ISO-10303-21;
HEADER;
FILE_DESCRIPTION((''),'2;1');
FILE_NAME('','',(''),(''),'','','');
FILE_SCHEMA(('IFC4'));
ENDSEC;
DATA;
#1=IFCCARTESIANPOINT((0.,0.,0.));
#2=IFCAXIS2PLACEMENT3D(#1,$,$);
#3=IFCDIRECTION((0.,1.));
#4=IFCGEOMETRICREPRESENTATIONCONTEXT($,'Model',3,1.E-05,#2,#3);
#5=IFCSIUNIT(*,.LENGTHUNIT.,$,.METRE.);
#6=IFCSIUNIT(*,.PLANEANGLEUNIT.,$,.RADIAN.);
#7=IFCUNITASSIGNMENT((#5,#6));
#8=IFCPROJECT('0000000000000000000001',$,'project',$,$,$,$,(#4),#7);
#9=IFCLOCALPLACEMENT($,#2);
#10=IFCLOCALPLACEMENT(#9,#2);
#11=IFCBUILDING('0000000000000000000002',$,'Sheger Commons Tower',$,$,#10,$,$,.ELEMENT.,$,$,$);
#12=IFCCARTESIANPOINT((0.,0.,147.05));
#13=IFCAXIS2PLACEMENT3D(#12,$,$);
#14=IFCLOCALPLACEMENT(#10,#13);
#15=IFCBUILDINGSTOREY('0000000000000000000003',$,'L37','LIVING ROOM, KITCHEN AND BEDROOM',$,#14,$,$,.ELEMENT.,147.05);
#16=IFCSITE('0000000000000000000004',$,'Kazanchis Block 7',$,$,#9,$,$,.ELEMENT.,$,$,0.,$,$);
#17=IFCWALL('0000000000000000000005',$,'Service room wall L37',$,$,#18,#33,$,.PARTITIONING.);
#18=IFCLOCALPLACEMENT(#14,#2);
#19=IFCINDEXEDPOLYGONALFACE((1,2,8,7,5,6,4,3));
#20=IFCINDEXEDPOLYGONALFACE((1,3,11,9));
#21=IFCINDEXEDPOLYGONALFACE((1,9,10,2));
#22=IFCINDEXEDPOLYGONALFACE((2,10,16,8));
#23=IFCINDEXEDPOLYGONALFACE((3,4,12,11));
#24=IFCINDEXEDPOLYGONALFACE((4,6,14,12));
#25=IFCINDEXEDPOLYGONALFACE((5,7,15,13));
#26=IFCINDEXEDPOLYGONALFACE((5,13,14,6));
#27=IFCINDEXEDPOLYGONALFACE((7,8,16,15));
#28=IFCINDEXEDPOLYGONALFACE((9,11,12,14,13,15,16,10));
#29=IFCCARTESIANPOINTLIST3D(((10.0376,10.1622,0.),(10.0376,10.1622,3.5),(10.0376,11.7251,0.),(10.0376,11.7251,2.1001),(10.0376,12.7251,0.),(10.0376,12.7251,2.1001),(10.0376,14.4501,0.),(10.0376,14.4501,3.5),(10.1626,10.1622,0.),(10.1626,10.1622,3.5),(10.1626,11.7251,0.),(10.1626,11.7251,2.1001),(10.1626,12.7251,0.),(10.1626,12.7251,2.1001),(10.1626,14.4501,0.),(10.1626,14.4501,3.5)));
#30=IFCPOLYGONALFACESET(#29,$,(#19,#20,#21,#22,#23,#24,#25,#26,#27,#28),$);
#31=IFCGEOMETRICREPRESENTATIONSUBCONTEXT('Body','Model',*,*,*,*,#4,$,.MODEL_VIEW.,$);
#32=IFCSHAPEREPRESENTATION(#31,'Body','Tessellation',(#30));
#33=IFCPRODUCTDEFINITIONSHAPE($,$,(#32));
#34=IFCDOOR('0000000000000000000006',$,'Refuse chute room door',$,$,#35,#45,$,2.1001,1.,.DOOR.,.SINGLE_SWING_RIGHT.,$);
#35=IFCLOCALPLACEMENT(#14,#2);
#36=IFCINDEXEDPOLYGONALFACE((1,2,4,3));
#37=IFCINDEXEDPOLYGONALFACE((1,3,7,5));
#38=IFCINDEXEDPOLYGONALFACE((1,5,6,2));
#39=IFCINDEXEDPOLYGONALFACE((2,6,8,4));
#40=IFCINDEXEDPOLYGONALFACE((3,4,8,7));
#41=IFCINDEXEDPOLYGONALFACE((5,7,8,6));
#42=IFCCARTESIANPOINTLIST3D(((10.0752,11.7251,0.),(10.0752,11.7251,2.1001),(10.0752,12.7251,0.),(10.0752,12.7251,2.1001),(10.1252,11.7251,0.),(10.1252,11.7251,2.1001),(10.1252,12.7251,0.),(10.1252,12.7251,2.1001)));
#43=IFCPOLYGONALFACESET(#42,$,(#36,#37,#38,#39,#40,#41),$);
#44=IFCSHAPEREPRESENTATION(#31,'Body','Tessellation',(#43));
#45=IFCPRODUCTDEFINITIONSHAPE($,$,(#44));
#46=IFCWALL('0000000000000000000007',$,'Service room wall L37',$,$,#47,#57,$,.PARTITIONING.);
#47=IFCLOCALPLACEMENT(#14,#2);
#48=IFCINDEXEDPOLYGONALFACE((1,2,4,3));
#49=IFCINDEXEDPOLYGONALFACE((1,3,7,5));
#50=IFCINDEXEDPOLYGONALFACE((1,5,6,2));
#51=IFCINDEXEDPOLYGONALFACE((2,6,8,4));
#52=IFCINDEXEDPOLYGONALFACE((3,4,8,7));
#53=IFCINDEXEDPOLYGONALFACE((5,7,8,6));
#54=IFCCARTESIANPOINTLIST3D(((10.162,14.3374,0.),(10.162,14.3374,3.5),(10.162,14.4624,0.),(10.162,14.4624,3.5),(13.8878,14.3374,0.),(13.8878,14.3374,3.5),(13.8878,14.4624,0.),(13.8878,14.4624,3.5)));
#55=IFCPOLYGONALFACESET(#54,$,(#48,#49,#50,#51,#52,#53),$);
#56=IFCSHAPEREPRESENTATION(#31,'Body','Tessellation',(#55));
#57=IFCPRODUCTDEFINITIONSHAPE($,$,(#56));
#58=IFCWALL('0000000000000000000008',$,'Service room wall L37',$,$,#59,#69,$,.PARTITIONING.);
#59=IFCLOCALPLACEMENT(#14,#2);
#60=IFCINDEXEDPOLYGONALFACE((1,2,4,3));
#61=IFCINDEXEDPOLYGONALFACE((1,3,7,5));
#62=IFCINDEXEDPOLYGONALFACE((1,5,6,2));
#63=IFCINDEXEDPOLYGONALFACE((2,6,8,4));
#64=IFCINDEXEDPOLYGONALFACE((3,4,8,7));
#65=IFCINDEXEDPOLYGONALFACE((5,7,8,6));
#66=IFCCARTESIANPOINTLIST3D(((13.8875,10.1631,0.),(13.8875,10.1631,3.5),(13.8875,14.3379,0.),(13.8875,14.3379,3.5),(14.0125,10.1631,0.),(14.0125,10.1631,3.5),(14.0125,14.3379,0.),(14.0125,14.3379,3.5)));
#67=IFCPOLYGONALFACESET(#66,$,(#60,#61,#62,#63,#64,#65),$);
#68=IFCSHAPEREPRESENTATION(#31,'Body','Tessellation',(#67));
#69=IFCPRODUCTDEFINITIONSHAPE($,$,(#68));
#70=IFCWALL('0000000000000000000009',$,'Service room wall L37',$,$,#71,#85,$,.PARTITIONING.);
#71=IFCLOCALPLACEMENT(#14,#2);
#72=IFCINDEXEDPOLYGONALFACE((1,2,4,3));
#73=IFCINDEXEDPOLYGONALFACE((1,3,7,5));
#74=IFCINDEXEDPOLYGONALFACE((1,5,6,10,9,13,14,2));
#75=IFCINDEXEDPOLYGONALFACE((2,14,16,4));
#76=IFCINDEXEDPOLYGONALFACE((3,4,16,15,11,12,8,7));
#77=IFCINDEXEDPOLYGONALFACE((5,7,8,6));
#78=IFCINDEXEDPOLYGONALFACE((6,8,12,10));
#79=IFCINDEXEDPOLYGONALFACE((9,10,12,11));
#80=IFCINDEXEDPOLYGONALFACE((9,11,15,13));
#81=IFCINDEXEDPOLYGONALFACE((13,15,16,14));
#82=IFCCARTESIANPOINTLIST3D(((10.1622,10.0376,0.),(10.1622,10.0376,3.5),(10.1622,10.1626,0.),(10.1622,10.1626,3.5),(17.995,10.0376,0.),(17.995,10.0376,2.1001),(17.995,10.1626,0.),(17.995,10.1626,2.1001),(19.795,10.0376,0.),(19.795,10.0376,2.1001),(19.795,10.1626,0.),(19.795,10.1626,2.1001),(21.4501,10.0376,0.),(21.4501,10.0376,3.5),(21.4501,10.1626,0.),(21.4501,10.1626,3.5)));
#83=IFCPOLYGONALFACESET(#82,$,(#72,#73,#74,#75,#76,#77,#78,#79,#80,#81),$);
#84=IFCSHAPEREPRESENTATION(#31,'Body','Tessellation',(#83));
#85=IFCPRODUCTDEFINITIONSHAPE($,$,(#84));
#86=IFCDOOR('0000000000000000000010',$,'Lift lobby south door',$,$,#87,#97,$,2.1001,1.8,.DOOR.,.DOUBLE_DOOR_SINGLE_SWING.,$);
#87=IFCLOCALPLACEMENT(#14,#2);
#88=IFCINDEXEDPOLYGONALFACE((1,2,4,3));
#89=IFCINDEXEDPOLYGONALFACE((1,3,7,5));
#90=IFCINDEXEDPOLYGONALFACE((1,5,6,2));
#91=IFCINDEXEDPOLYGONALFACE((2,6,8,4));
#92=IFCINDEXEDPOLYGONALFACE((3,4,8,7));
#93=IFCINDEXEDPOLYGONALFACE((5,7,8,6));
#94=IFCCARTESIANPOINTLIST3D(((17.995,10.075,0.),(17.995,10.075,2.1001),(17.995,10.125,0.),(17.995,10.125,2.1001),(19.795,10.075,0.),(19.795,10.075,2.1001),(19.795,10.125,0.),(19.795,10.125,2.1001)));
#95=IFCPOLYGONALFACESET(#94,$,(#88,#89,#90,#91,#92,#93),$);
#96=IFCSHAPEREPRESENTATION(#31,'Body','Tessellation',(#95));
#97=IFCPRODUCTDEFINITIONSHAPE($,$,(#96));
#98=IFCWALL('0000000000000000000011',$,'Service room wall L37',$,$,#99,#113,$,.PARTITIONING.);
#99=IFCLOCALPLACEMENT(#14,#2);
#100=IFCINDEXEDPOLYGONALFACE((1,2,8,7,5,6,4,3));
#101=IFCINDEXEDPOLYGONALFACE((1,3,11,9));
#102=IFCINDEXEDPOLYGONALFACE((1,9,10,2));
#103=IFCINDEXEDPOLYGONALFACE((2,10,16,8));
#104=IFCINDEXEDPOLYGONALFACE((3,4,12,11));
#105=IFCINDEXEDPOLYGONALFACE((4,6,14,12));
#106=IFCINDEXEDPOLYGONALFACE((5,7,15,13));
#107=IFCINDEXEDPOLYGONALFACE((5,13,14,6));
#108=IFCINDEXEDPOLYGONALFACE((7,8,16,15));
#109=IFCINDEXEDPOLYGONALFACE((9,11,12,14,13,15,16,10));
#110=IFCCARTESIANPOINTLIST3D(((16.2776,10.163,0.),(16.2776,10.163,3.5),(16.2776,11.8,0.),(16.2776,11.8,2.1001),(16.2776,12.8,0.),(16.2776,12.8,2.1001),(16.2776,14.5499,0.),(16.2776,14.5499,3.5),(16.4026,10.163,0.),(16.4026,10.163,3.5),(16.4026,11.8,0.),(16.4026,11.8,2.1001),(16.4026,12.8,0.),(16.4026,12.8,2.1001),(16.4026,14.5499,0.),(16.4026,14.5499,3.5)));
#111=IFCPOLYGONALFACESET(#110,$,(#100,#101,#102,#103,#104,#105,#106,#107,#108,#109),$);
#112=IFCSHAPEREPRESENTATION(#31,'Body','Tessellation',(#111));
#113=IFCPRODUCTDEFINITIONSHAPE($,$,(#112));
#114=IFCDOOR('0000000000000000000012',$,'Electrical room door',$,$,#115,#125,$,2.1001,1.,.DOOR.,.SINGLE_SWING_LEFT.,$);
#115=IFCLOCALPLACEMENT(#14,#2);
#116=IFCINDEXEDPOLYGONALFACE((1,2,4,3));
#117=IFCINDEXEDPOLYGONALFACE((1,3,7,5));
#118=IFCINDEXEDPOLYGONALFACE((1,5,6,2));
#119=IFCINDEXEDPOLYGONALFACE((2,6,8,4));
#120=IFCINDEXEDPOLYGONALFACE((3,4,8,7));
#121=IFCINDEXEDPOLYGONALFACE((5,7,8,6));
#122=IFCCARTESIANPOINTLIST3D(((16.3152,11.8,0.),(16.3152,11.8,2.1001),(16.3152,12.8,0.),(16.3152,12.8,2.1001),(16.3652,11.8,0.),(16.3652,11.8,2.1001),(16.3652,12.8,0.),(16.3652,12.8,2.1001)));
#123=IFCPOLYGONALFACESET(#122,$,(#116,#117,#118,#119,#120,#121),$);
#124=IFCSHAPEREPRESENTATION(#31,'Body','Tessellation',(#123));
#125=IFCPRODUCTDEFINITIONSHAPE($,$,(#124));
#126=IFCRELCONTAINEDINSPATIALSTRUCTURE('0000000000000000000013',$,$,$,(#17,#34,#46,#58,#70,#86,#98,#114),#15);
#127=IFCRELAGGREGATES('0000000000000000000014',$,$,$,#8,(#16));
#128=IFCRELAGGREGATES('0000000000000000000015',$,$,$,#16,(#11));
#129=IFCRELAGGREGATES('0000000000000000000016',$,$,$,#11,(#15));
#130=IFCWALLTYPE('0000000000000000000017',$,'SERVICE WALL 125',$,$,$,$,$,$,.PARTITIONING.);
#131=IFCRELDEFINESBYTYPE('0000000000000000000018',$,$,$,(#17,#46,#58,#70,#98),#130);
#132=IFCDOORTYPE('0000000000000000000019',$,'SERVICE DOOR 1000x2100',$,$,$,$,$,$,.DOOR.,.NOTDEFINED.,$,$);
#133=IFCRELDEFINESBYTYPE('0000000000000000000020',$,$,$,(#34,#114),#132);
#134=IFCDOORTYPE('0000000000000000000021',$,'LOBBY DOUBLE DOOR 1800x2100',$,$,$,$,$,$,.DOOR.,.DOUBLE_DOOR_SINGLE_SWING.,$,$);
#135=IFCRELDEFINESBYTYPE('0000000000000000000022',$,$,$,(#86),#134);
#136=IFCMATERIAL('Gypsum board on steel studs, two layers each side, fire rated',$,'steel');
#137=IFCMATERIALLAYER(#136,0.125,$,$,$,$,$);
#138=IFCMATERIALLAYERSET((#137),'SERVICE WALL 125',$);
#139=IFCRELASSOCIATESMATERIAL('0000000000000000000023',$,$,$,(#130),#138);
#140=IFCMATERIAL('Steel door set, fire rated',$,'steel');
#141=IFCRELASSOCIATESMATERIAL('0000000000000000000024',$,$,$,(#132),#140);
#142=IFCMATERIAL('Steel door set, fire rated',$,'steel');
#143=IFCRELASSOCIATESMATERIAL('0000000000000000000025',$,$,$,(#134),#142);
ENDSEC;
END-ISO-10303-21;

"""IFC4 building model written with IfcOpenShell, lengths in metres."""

from ifc_helpers import new_model, si_unit, direction, frame, frame_2d, origin, place, context, subcontext, project, spatial, rectangle, extrude, material, layer, layer_set, type_object, element, fill, save


model = new_model("IFC4")

# Units and contexts
model_context = context("Model", 3, precision=1e-05, world=origin(), true_north=direction((0.0, 1.0)))
body_context = subcontext(model_context, "Body", "Model", "MODEL_VIEW")
ifc_project = project(units=[si_unit("LENGTHUNIT", "METRE"), si_unit("PLANEANGLEUNIT", "RADIAN")], contexts=[model_context])

# Site, building, storey
site_placement = place(None, origin())
site = spatial("IfcSite", under=ifc_project, at=site_placement, Name="Kazanchis Block 7", CompositionType="ELEMENT", RefElevation=0.0)
building_placement = place(site_placement, origin())
building = spatial("IfcBuilding", under=site, at=building_placement, Name="Sheger Commons Tower", CompositionType="ELEMENT")
storey_placement = place(building_placement, frame((0.0, 0.0, 147.05)))
storey = spatial("IfcBuildingStorey", under=building, at=storey_placement, Name="L37", Description="LIVING ROOM, KITCHEN AND BEDROOM", CompositionType="ELEMENT", Elevation=147.05)

# Wall, opening, door
ifc_material_1 = material(Name="Gypsum board on steel studs, two layers each side, fire rated", Category="steel")
ifc_layer_1 = layer(ifc_material_1, 0.125)
ifc_layer_set_1 = layer_set([ifc_layer_1], Name="SERVICE WALL 125")
wall_type_1 = type_object("IfcWallType", Name="SERVICE WALL 125", PredefinedType="PARTITIONING", material=ifc_layer_set_1)
wall_1_placement = place(storey_placement, frame((10.1001, 10.1621, 0.0), z_axis=(0.0, 0.0, 1.0), x_axis=(0.0, 1.0, 0.0)))
wall_1 = element("IfcWall", 1, at=wall_1_placement, inside=storey, type_object=wall_type_1, Name="Service room wall L37", PredefinedType="PARTITIONING", context=body_context, shape_type="SweptSolid", body=[
    extrude(rectangle(XDim=4.2878, YDim=0.125, at=frame_2d((2.144, 0.0))), origin(), (0.0, 0.0, 1.0), 3.5),
])
opening_1_placement = place(wall_1_placement, frame((1.563, 0.0, 0.0)))
opening_1 = element("IfcOpeningElement", 2, at=opening_1_placement, cuts=wall_1, PredefinedType="OPENING", context=body_context, shape_type="SweptSolid", body=[
    extrude(rectangle(XDim=1.0, YDim=2.1001, at=frame_2d((0.5, 1.05))), frame((0.0, 0.0725, 0.0), z_axis=(0.0, -1.0, 0.0), x_axis=(1.0, 0.0, 0.0)), (0.0, 0.0, 1.0), 0.145),
])
ifc_material_2 = material(Name="Steel door set, fire rated", Category="steel")
door_type_1 = type_object("IfcDoorType", Name="SERVICE DOOR 1000x2100", OperationType="NOTDEFINED", PredefinedType="DOOR", material=ifc_material_2)
door_1_placement = place(opening_1_placement, origin())
door_1 = element("IfcDoor", 3, at=door_1_placement, inside=storey, type_object=door_type_1, Name="Refuse chute room door", OperationType="SINGLE_SWING_RIGHT", OverallHeight=2.1001, OverallWidth=1.0, PredefinedType="DOOR", context=body_context, shape_type="SweptSolid", body=[
    extrude(rectangle(XDim=1.0, YDim=2.1001, at=frame_2d((0.5, 1.05))), frame((0.0, 0.0249, 0.0), z_axis=(0.0, -1.0, 0.0), x_axis=(1.0, 0.0, 0.0)), (0.0, 0.0, 1.0), 0.05),
])
fill(opening_1, door_1)

# Walls
wall_2_placement = place(storey_placement, frame((10.1621, 14.3999, 0.0), z_axis=(0.0, 0.0, 1.0), x_axis=(1.0, 0.0, 0.0)))
element("IfcWall", 4, at=wall_2_placement, inside=storey, type_object=wall_type_1, Name="Service room wall L37", PredefinedType="PARTITIONING", context=body_context, shape_type="SweptSolid", body=[
    extrude(rectangle(XDim=3.7258, YDim=0.125, at=frame_2d((1.8628, 0.0))), origin(), (0.0, 0.0, 1.0), 3.5),
])
wall_3_placement = place(storey_placement, frame((13.95, 10.1631, 0.0), z_axis=(0.0, 0.0, 1.0), x_axis=(0.0, 1.0, 0.0)))
element("IfcWall", 5, at=wall_3_placement, inside=storey, type_object=wall_type_1, Name="Service room wall L37", PredefinedType="PARTITIONING", context=body_context, shape_type="SweptSolid", body=[
    extrude(rectangle(XDim=4.1748, YDim=0.125, at=frame_2d((2.0874, 0.0))), origin(), (0.0, 0.0, 1.0), 3.5),
])

# Walls, openings, doors
wall_4_placement = place(storey_placement, frame((10.1621, 10.1001, 0.0), z_axis=(0.0, 0.0, 1.0), x_axis=(1.0, 0.0, 0.0)))
wall_4 = element("IfcWall", 6, at=wall_4_placement, inside=storey, type_object=wall_type_1, Name="Service room wall L37", PredefinedType="PARTITIONING", context=body_context, shape_type="SweptSolid", body=[
    extrude(rectangle(XDim=11.2878, YDim=0.125, at=frame_2d((5.644, 0.0))), origin(), (0.0, 0.0, 1.0), 3.5),
])
opening_2_placement = place(wall_4_placement, frame((7.833, 0.0, 0.0)))
opening_2 = element("IfcOpeningElement", 7, at=opening_2_placement, cuts=wall_4, PredefinedType="OPENING", context=body_context, shape_type="SweptSolid", body=[
    extrude(rectangle(XDim=1.8, YDim=2.1001, at=frame_2d((0.8999, 1.05))), frame((0.0, 0.0725, 0.0), z_axis=(0.0, -1.0, 0.0), x_axis=(1.0, 0.0, 0.0)), (0.0, 0.0, 1.0), 0.145),
])
ifc_material_3 = material(Name="Steel door set, fire rated", Category="steel")
door_type_2 = type_object("IfcDoorType", Name="LOBBY DOUBLE DOOR 1800x2100", OperationType="DOUBLE_DOOR_SINGLE_SWING", PredefinedType="DOOR", material=ifc_material_3)
door_2_placement = place(opening_2_placement, origin())
door_2 = element("IfcDoor", 8, at=door_2_placement, inside=storey, type_object=door_type_2, Name="Lift lobby south door", OperationType="DOUBLE_DOOR_SINGLE_SWING", OverallHeight=2.1001, OverallWidth=1.8, PredefinedType="DOOR", context=body_context, shape_type="SweptSolid", body=[
    extrude(rectangle(XDim=1.8, YDim=2.1001, at=frame_2d((0.8999, 1.05))), frame((0.0, 0.0249, 0.0), z_axis=(0.0, -1.0, 0.0), x_axis=(1.0, 0.0, 0.0)), (0.0, 0.0, 1.0), 0.05),
])
fill(opening_2, door_2)
wall_5_placement = place(storey_placement, frame((16.3401, 10.1631, 0.0), z_axis=(0.0, 0.0, 1.0), x_axis=(0.0, 1.0, 0.0)))
wall_5 = element("IfcWall", 9, at=wall_5_placement, inside=storey, type_object=wall_type_1, Name="Service room wall L37", PredefinedType="PARTITIONING", context=body_context, shape_type="SweptSolid", body=[
    extrude(rectangle(XDim=4.387, YDim=0.125, at=frame_2d((2.1934, 0.0))), origin(), (0.0, 0.0, 1.0), 3.5),
])
opening_3_placement = place(wall_5_placement, frame((1.637, 0.0, 0.0)))
opening_3 = element("IfcOpeningElement", 10, at=opening_3_placement, cuts=wall_5, PredefinedType="OPENING", context=body_context, shape_type="SweptSolid", body=[
    extrude(rectangle(XDim=1.0, YDim=2.1001, at=frame_2d((0.5, 1.05))), frame((0.0, 0.0725, 0.0), z_axis=(0.0, -1.0, 0.0), x_axis=(1.0, 0.0, 0.0)), (0.0, 0.0, 1.0), 0.145),
])
door_3_placement = place(opening_3_placement, origin())
door_3 = element("IfcDoor", 11, at=door_3_placement, inside=storey, type_object=door_type_1, Name="Electrical room door", OperationType="SINGLE_SWING_LEFT", OverallHeight=2.1001, OverallWidth=1.0, PredefinedType="DOOR", context=body_context, shape_type="SweptSolid", body=[
    extrude(rectangle(XDim=1.0, YDim=2.1001, at=frame_2d((0.5, 1.05))), frame((0.0, 0.0249, 0.0), z_axis=(0.0, -1.0, 0.0), x_axis=(1.0, 0.0, 0.0)), (0.0, 0.0, 1.0), 0.05),
])
fill(opening_3, door_3)

save(model, "model.ifc")
